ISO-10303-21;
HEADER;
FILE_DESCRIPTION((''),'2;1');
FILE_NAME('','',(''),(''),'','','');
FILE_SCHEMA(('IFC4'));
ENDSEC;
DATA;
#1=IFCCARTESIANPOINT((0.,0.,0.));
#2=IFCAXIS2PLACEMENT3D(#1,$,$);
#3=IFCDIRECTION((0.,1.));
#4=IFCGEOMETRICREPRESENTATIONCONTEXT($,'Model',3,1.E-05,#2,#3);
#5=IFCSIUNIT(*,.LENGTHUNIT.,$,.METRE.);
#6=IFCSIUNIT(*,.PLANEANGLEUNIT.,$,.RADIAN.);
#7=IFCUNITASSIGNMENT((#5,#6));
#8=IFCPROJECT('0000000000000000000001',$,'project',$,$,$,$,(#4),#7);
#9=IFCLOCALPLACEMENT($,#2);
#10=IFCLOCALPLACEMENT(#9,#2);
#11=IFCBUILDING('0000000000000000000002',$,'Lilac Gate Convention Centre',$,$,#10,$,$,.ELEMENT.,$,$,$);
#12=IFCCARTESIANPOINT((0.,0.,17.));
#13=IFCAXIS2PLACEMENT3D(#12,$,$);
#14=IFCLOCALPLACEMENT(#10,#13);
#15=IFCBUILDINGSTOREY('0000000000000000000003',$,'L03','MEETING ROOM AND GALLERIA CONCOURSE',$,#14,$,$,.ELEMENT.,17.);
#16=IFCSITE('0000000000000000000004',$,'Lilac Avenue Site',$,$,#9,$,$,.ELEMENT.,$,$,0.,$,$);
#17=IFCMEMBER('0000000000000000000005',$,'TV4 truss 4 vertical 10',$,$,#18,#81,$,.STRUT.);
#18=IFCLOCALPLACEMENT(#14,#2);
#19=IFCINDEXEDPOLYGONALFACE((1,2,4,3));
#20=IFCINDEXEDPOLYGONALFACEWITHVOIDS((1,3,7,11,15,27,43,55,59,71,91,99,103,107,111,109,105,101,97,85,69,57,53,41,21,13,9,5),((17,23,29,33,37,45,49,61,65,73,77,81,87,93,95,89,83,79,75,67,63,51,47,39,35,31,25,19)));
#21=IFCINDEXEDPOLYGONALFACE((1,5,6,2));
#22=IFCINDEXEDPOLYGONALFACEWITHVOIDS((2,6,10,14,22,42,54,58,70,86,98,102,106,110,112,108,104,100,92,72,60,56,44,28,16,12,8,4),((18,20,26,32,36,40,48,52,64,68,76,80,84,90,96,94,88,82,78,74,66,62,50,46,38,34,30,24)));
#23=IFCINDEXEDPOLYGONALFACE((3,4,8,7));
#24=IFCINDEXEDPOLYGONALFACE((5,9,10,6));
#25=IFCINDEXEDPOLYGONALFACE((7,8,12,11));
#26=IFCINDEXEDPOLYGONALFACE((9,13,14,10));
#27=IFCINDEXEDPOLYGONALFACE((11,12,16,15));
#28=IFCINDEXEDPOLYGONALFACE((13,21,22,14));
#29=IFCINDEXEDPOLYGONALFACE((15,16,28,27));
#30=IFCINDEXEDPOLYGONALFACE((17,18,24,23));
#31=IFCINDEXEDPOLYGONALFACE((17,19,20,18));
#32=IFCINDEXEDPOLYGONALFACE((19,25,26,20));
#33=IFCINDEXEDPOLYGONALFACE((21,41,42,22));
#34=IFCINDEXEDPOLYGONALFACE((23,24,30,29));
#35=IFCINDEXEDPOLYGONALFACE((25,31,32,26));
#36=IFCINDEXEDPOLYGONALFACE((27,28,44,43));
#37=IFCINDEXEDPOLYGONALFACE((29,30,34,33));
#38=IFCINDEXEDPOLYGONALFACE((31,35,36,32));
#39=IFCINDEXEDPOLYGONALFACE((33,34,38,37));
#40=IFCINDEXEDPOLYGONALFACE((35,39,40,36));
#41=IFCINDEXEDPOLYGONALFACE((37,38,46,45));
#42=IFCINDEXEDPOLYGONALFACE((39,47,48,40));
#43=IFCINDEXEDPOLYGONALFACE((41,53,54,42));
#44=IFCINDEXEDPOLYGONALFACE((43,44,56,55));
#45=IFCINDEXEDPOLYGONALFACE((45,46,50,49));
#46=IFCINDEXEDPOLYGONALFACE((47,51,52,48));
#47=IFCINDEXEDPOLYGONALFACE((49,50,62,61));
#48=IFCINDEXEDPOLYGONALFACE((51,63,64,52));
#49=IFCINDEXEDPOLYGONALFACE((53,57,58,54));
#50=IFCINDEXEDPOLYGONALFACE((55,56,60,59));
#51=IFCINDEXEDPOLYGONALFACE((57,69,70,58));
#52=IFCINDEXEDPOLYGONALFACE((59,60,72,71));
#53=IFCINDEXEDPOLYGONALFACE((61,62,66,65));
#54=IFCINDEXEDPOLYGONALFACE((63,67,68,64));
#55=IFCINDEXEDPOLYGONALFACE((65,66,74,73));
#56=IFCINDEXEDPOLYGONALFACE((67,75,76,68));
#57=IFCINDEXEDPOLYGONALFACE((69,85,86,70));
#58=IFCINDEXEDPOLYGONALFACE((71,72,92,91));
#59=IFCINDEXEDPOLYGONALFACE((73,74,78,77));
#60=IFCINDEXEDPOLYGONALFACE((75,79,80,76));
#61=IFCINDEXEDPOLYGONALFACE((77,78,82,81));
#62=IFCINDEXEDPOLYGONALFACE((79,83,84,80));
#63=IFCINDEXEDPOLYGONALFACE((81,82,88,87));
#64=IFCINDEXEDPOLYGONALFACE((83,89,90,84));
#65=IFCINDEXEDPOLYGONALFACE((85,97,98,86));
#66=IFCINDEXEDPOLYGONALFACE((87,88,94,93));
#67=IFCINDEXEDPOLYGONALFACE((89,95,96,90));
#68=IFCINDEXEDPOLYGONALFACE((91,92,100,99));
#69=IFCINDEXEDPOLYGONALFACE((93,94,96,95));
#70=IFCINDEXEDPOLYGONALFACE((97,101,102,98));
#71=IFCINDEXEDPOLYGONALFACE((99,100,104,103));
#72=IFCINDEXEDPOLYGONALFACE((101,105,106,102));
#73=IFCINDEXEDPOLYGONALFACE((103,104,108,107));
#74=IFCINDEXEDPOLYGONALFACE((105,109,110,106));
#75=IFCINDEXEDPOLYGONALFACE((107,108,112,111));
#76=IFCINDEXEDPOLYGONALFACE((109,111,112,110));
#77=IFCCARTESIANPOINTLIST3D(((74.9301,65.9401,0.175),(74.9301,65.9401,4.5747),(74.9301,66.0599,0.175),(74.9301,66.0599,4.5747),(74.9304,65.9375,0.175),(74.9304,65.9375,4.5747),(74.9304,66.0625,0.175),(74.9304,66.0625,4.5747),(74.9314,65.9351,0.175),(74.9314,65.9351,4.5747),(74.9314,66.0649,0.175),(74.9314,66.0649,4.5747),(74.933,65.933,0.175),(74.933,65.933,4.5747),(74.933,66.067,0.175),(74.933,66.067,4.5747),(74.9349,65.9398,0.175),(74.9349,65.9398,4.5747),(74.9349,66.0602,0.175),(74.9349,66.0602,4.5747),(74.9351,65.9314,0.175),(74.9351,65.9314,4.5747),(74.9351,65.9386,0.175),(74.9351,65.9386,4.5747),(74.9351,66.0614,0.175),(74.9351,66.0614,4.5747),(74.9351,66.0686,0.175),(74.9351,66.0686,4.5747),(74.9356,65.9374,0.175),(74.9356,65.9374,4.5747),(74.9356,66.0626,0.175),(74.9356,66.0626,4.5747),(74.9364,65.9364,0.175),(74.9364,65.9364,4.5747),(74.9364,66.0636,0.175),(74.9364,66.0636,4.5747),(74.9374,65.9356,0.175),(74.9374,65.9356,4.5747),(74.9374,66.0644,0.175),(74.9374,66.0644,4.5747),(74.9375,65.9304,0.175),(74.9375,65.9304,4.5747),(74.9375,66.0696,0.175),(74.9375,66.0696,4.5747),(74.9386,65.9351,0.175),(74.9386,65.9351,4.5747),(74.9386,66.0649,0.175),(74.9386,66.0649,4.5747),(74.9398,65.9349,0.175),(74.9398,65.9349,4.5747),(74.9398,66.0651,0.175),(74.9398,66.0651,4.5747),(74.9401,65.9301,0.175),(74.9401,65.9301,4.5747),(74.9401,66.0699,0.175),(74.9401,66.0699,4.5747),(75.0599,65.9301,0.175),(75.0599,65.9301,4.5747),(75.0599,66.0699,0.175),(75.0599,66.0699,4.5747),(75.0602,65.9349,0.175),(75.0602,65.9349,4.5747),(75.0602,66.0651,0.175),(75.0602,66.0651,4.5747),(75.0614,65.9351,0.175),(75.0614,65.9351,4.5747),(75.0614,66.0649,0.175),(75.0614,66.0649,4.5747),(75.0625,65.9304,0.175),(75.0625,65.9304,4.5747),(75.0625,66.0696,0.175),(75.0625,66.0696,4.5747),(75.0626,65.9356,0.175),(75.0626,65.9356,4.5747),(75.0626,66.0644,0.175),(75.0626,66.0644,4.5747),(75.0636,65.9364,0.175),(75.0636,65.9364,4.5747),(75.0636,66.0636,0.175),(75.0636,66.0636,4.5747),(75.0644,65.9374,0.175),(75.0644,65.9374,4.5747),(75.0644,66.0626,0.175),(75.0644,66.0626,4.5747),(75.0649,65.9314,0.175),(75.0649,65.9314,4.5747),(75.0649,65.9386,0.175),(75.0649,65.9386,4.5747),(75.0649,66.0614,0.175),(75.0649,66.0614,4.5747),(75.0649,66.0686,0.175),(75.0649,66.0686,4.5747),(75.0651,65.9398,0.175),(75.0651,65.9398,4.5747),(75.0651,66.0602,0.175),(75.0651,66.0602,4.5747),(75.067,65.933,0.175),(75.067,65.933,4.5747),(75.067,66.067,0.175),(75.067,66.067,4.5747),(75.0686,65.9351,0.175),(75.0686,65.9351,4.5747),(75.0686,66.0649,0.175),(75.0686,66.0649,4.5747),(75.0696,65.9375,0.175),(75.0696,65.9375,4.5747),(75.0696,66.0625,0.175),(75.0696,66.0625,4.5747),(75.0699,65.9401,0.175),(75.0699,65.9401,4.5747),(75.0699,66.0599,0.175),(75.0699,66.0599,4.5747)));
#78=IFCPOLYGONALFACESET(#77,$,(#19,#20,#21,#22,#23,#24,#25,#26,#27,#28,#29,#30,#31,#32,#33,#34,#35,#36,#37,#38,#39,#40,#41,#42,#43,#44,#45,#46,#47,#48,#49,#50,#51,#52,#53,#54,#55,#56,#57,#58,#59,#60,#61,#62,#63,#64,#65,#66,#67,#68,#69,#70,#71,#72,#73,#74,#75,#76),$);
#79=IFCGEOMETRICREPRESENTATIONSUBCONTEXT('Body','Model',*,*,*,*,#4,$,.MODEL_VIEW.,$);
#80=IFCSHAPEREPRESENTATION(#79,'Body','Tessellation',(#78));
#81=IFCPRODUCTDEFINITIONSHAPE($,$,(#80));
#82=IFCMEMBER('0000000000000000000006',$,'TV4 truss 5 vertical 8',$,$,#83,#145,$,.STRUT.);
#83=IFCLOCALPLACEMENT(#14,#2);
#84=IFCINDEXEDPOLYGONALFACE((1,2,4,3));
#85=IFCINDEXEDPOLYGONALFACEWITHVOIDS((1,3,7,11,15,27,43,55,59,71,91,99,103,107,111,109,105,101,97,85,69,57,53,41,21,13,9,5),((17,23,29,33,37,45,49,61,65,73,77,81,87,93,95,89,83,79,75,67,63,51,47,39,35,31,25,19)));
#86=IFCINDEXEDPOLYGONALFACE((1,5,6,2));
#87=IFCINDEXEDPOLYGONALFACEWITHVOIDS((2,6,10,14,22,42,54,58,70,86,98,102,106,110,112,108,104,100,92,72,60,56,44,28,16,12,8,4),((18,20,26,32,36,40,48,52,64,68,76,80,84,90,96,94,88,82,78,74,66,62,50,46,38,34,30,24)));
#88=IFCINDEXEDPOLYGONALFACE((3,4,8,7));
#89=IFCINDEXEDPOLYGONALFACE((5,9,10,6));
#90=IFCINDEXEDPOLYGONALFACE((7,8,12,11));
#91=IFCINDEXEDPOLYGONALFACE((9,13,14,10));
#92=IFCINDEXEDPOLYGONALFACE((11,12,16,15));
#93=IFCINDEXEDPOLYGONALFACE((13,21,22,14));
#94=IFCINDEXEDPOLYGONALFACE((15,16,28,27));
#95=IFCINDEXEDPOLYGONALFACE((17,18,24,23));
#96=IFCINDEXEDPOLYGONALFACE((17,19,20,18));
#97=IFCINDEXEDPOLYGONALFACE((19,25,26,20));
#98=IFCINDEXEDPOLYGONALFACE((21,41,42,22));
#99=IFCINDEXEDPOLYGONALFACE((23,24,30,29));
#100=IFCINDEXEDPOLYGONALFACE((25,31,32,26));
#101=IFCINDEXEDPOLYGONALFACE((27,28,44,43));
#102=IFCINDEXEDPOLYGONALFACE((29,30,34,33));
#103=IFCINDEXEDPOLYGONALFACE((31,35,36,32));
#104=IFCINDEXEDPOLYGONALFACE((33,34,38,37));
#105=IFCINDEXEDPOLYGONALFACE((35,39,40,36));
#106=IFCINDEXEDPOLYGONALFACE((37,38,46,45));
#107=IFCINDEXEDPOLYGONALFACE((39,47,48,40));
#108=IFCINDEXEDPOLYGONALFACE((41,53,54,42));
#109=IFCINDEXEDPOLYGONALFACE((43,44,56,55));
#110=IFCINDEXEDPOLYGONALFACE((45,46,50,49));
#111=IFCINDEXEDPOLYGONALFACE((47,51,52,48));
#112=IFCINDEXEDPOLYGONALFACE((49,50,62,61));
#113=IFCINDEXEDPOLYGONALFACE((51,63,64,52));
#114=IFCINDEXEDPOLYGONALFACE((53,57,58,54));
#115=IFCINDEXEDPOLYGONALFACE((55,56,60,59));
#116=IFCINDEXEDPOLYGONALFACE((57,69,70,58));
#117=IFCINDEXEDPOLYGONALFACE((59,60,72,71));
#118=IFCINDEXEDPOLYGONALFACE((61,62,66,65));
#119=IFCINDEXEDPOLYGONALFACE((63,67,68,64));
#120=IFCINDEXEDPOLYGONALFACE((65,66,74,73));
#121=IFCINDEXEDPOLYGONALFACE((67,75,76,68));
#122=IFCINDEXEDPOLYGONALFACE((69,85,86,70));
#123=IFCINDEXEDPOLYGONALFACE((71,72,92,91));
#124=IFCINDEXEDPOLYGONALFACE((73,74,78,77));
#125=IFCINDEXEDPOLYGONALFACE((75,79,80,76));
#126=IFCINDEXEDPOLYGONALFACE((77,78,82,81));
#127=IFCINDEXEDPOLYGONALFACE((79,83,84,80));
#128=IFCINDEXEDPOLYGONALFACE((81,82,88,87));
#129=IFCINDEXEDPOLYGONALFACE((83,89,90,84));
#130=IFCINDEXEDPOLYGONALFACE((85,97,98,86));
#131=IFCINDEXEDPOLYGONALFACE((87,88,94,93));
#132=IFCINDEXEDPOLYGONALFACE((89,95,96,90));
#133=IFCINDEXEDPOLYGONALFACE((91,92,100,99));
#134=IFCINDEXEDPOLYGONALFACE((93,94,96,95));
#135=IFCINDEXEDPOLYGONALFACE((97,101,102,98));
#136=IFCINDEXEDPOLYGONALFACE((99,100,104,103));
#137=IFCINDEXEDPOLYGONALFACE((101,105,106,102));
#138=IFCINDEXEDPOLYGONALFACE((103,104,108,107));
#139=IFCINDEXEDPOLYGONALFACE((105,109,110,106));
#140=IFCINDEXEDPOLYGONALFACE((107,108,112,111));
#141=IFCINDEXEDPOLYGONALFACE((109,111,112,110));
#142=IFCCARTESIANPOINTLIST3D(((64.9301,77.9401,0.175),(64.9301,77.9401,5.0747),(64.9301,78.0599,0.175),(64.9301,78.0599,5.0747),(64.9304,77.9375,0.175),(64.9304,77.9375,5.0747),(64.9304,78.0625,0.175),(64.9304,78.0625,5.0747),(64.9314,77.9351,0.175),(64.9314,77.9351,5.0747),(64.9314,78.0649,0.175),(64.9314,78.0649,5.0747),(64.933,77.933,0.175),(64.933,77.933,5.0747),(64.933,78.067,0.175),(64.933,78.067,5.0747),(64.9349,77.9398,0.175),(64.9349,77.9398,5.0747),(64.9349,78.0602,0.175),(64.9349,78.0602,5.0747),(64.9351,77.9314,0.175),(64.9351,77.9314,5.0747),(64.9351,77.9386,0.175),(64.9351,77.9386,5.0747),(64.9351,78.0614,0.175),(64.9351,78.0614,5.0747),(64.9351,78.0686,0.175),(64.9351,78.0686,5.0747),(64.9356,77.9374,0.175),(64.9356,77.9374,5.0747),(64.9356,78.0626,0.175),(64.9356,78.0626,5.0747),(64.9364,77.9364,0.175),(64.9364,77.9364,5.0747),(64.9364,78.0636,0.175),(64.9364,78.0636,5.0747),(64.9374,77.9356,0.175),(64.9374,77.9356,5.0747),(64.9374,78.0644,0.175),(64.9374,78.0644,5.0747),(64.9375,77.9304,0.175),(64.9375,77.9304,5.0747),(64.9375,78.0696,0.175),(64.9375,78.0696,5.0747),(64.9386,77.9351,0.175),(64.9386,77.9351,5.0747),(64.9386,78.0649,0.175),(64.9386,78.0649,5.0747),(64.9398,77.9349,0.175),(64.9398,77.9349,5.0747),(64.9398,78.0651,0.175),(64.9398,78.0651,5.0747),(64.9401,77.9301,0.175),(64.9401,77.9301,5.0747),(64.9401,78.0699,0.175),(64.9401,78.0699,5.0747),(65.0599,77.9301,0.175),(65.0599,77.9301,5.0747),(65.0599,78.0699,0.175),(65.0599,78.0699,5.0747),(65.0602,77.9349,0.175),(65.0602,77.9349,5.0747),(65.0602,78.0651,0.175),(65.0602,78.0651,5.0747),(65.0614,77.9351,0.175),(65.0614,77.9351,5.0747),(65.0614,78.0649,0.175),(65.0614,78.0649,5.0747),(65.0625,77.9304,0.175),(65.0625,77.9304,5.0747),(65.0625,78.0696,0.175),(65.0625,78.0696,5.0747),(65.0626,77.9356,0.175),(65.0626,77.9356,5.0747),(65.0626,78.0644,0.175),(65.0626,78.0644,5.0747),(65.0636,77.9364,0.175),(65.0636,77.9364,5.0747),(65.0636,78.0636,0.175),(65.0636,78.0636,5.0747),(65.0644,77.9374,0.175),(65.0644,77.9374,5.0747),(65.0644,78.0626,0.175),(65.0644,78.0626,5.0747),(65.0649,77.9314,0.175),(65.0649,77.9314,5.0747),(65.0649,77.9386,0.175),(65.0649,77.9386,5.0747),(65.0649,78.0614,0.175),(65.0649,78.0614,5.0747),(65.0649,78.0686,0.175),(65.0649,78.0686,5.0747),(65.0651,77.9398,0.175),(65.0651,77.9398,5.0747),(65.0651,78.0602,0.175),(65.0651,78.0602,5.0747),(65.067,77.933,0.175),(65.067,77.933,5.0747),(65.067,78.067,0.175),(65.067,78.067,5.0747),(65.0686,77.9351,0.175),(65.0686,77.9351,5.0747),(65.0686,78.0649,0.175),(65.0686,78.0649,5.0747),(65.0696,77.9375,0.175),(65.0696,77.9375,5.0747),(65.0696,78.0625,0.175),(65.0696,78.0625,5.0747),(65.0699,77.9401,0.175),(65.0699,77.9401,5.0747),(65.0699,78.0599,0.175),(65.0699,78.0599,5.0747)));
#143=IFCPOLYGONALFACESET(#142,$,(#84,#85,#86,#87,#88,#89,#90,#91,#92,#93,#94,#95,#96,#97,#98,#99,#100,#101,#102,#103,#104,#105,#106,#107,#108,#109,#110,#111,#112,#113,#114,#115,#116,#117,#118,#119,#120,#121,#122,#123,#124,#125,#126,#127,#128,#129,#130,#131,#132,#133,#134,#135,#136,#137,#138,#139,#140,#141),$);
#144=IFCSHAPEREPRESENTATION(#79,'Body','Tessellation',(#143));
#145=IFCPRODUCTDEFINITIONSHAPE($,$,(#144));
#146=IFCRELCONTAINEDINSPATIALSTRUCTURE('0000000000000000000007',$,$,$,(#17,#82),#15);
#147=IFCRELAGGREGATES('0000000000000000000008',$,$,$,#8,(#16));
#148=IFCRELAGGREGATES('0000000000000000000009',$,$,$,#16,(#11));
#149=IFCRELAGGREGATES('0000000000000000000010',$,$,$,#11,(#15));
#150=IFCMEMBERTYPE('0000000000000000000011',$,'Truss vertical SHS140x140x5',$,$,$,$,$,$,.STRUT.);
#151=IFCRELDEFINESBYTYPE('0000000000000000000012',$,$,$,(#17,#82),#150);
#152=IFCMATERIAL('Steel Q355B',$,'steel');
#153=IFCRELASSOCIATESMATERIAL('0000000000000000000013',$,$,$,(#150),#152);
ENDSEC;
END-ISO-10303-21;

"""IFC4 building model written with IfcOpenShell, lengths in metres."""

from ifc_helpers import new_model, si_unit, direction, frame, origin, origin_2d, place, context, subcontext, project, spatial, hollow_rectangle, extrude, material, material_profile, profile_set, type_object, element, save


model = new_model("IFC4")

# Units and contexts
model_context = context("Model", 3, precision=1e-05, world=origin(), true_north=direction((0.0, 1.0)))
body_context = subcontext(model_context, "Body", "Model", "MODEL_VIEW")
ifc_project = project(units=[si_unit("LENGTHUNIT", "METRE"), si_unit("PLANEANGLEUNIT", "RADIAN")], contexts=[model_context])

# Site, building, storey
site_placement = place(None, origin())
site = spatial("IfcSite", under=ifc_project, at=site_placement, Name="Lilac Avenue Site", CompositionType="ELEMENT", RefElevation=0.0)
building_placement = place(site_placement, origin())
building = spatial("IfcBuilding", under=site, at=building_placement, Name="Lilac Gate Convention Centre", CompositionType="ELEMENT")
storey_placement = place(building_placement, frame((0.0, 0.0, 17.0)))
storey = spatial("IfcBuildingStorey", under=building, at=storey_placement, Name="L03", Description="MEETING ROOM AND GALLERIA CONCOURSE", CompositionType="ELEMENT", Elevation=17.0)

# Members
ifc_material = material(Name="Steel Q355B", Category="steel")
ifc_material_profile_1 = material_profile(ifc_material, hollow_rectangle(XDim=0.1399, YDim=0.1399, WallThickness=0.0049, InnerFilletRadius=0.0049, OuterFilletRadius=0.01, at=origin_2d()), Name="SHS140x140x5")
ifc_profile_set_1 = profile_set([ifc_material_profile_1], Name="Steel Q355B")
member_type_1 = type_object("IfcMemberType", Name="Truss vertical SHS140x140x5", PredefinedType="STRUT", material=ifc_profile_set_1)
member_1_placement = place(storey_placement, frame((75.0, 66.0, 0.175), z_axis=(0.0, 0.0, 1.0), x_axis=(1.0, 0.0, 0.0)))
element("IfcMember", 1, at=member_1_placement, inside=storey, type_object=member_type_1, Name="TV4 truss 4 vertical 10", PredefinedType="STRUT", context=body_context, shape_type="SweptSolid", body=[
    extrude(hollow_rectangle(XDim=0.1399, YDim=0.1399, WallThickness=0.0049, InnerFilletRadius=0.0049, OuterFilletRadius=0.01, at=origin_2d()), origin(), (0.0, 0.0, 1.0), 4.3997),
])
member_2_placement = place(storey_placement, frame((65.0, 78.0, 0.175), z_axis=(0.0, 0.0, 1.0), x_axis=(1.0, 0.0, 0.0)))
element("IfcMember", 2, at=member_2_placement, inside=storey, type_object=member_type_1, Name="TV4 truss 5 vertical 8", PredefinedType="STRUT", context=body_context, shape_type="SweptSolid", body=[
    extrude(hollow_rectangle(XDim=0.1399, YDim=0.1399, WallThickness=0.0049, InnerFilletRadius=0.0049, OuterFilletRadius=0.01, at=origin_2d()), origin(), (0.0, 0.0, 1.0), 4.8997),
])

save(model, "model.ifc")
